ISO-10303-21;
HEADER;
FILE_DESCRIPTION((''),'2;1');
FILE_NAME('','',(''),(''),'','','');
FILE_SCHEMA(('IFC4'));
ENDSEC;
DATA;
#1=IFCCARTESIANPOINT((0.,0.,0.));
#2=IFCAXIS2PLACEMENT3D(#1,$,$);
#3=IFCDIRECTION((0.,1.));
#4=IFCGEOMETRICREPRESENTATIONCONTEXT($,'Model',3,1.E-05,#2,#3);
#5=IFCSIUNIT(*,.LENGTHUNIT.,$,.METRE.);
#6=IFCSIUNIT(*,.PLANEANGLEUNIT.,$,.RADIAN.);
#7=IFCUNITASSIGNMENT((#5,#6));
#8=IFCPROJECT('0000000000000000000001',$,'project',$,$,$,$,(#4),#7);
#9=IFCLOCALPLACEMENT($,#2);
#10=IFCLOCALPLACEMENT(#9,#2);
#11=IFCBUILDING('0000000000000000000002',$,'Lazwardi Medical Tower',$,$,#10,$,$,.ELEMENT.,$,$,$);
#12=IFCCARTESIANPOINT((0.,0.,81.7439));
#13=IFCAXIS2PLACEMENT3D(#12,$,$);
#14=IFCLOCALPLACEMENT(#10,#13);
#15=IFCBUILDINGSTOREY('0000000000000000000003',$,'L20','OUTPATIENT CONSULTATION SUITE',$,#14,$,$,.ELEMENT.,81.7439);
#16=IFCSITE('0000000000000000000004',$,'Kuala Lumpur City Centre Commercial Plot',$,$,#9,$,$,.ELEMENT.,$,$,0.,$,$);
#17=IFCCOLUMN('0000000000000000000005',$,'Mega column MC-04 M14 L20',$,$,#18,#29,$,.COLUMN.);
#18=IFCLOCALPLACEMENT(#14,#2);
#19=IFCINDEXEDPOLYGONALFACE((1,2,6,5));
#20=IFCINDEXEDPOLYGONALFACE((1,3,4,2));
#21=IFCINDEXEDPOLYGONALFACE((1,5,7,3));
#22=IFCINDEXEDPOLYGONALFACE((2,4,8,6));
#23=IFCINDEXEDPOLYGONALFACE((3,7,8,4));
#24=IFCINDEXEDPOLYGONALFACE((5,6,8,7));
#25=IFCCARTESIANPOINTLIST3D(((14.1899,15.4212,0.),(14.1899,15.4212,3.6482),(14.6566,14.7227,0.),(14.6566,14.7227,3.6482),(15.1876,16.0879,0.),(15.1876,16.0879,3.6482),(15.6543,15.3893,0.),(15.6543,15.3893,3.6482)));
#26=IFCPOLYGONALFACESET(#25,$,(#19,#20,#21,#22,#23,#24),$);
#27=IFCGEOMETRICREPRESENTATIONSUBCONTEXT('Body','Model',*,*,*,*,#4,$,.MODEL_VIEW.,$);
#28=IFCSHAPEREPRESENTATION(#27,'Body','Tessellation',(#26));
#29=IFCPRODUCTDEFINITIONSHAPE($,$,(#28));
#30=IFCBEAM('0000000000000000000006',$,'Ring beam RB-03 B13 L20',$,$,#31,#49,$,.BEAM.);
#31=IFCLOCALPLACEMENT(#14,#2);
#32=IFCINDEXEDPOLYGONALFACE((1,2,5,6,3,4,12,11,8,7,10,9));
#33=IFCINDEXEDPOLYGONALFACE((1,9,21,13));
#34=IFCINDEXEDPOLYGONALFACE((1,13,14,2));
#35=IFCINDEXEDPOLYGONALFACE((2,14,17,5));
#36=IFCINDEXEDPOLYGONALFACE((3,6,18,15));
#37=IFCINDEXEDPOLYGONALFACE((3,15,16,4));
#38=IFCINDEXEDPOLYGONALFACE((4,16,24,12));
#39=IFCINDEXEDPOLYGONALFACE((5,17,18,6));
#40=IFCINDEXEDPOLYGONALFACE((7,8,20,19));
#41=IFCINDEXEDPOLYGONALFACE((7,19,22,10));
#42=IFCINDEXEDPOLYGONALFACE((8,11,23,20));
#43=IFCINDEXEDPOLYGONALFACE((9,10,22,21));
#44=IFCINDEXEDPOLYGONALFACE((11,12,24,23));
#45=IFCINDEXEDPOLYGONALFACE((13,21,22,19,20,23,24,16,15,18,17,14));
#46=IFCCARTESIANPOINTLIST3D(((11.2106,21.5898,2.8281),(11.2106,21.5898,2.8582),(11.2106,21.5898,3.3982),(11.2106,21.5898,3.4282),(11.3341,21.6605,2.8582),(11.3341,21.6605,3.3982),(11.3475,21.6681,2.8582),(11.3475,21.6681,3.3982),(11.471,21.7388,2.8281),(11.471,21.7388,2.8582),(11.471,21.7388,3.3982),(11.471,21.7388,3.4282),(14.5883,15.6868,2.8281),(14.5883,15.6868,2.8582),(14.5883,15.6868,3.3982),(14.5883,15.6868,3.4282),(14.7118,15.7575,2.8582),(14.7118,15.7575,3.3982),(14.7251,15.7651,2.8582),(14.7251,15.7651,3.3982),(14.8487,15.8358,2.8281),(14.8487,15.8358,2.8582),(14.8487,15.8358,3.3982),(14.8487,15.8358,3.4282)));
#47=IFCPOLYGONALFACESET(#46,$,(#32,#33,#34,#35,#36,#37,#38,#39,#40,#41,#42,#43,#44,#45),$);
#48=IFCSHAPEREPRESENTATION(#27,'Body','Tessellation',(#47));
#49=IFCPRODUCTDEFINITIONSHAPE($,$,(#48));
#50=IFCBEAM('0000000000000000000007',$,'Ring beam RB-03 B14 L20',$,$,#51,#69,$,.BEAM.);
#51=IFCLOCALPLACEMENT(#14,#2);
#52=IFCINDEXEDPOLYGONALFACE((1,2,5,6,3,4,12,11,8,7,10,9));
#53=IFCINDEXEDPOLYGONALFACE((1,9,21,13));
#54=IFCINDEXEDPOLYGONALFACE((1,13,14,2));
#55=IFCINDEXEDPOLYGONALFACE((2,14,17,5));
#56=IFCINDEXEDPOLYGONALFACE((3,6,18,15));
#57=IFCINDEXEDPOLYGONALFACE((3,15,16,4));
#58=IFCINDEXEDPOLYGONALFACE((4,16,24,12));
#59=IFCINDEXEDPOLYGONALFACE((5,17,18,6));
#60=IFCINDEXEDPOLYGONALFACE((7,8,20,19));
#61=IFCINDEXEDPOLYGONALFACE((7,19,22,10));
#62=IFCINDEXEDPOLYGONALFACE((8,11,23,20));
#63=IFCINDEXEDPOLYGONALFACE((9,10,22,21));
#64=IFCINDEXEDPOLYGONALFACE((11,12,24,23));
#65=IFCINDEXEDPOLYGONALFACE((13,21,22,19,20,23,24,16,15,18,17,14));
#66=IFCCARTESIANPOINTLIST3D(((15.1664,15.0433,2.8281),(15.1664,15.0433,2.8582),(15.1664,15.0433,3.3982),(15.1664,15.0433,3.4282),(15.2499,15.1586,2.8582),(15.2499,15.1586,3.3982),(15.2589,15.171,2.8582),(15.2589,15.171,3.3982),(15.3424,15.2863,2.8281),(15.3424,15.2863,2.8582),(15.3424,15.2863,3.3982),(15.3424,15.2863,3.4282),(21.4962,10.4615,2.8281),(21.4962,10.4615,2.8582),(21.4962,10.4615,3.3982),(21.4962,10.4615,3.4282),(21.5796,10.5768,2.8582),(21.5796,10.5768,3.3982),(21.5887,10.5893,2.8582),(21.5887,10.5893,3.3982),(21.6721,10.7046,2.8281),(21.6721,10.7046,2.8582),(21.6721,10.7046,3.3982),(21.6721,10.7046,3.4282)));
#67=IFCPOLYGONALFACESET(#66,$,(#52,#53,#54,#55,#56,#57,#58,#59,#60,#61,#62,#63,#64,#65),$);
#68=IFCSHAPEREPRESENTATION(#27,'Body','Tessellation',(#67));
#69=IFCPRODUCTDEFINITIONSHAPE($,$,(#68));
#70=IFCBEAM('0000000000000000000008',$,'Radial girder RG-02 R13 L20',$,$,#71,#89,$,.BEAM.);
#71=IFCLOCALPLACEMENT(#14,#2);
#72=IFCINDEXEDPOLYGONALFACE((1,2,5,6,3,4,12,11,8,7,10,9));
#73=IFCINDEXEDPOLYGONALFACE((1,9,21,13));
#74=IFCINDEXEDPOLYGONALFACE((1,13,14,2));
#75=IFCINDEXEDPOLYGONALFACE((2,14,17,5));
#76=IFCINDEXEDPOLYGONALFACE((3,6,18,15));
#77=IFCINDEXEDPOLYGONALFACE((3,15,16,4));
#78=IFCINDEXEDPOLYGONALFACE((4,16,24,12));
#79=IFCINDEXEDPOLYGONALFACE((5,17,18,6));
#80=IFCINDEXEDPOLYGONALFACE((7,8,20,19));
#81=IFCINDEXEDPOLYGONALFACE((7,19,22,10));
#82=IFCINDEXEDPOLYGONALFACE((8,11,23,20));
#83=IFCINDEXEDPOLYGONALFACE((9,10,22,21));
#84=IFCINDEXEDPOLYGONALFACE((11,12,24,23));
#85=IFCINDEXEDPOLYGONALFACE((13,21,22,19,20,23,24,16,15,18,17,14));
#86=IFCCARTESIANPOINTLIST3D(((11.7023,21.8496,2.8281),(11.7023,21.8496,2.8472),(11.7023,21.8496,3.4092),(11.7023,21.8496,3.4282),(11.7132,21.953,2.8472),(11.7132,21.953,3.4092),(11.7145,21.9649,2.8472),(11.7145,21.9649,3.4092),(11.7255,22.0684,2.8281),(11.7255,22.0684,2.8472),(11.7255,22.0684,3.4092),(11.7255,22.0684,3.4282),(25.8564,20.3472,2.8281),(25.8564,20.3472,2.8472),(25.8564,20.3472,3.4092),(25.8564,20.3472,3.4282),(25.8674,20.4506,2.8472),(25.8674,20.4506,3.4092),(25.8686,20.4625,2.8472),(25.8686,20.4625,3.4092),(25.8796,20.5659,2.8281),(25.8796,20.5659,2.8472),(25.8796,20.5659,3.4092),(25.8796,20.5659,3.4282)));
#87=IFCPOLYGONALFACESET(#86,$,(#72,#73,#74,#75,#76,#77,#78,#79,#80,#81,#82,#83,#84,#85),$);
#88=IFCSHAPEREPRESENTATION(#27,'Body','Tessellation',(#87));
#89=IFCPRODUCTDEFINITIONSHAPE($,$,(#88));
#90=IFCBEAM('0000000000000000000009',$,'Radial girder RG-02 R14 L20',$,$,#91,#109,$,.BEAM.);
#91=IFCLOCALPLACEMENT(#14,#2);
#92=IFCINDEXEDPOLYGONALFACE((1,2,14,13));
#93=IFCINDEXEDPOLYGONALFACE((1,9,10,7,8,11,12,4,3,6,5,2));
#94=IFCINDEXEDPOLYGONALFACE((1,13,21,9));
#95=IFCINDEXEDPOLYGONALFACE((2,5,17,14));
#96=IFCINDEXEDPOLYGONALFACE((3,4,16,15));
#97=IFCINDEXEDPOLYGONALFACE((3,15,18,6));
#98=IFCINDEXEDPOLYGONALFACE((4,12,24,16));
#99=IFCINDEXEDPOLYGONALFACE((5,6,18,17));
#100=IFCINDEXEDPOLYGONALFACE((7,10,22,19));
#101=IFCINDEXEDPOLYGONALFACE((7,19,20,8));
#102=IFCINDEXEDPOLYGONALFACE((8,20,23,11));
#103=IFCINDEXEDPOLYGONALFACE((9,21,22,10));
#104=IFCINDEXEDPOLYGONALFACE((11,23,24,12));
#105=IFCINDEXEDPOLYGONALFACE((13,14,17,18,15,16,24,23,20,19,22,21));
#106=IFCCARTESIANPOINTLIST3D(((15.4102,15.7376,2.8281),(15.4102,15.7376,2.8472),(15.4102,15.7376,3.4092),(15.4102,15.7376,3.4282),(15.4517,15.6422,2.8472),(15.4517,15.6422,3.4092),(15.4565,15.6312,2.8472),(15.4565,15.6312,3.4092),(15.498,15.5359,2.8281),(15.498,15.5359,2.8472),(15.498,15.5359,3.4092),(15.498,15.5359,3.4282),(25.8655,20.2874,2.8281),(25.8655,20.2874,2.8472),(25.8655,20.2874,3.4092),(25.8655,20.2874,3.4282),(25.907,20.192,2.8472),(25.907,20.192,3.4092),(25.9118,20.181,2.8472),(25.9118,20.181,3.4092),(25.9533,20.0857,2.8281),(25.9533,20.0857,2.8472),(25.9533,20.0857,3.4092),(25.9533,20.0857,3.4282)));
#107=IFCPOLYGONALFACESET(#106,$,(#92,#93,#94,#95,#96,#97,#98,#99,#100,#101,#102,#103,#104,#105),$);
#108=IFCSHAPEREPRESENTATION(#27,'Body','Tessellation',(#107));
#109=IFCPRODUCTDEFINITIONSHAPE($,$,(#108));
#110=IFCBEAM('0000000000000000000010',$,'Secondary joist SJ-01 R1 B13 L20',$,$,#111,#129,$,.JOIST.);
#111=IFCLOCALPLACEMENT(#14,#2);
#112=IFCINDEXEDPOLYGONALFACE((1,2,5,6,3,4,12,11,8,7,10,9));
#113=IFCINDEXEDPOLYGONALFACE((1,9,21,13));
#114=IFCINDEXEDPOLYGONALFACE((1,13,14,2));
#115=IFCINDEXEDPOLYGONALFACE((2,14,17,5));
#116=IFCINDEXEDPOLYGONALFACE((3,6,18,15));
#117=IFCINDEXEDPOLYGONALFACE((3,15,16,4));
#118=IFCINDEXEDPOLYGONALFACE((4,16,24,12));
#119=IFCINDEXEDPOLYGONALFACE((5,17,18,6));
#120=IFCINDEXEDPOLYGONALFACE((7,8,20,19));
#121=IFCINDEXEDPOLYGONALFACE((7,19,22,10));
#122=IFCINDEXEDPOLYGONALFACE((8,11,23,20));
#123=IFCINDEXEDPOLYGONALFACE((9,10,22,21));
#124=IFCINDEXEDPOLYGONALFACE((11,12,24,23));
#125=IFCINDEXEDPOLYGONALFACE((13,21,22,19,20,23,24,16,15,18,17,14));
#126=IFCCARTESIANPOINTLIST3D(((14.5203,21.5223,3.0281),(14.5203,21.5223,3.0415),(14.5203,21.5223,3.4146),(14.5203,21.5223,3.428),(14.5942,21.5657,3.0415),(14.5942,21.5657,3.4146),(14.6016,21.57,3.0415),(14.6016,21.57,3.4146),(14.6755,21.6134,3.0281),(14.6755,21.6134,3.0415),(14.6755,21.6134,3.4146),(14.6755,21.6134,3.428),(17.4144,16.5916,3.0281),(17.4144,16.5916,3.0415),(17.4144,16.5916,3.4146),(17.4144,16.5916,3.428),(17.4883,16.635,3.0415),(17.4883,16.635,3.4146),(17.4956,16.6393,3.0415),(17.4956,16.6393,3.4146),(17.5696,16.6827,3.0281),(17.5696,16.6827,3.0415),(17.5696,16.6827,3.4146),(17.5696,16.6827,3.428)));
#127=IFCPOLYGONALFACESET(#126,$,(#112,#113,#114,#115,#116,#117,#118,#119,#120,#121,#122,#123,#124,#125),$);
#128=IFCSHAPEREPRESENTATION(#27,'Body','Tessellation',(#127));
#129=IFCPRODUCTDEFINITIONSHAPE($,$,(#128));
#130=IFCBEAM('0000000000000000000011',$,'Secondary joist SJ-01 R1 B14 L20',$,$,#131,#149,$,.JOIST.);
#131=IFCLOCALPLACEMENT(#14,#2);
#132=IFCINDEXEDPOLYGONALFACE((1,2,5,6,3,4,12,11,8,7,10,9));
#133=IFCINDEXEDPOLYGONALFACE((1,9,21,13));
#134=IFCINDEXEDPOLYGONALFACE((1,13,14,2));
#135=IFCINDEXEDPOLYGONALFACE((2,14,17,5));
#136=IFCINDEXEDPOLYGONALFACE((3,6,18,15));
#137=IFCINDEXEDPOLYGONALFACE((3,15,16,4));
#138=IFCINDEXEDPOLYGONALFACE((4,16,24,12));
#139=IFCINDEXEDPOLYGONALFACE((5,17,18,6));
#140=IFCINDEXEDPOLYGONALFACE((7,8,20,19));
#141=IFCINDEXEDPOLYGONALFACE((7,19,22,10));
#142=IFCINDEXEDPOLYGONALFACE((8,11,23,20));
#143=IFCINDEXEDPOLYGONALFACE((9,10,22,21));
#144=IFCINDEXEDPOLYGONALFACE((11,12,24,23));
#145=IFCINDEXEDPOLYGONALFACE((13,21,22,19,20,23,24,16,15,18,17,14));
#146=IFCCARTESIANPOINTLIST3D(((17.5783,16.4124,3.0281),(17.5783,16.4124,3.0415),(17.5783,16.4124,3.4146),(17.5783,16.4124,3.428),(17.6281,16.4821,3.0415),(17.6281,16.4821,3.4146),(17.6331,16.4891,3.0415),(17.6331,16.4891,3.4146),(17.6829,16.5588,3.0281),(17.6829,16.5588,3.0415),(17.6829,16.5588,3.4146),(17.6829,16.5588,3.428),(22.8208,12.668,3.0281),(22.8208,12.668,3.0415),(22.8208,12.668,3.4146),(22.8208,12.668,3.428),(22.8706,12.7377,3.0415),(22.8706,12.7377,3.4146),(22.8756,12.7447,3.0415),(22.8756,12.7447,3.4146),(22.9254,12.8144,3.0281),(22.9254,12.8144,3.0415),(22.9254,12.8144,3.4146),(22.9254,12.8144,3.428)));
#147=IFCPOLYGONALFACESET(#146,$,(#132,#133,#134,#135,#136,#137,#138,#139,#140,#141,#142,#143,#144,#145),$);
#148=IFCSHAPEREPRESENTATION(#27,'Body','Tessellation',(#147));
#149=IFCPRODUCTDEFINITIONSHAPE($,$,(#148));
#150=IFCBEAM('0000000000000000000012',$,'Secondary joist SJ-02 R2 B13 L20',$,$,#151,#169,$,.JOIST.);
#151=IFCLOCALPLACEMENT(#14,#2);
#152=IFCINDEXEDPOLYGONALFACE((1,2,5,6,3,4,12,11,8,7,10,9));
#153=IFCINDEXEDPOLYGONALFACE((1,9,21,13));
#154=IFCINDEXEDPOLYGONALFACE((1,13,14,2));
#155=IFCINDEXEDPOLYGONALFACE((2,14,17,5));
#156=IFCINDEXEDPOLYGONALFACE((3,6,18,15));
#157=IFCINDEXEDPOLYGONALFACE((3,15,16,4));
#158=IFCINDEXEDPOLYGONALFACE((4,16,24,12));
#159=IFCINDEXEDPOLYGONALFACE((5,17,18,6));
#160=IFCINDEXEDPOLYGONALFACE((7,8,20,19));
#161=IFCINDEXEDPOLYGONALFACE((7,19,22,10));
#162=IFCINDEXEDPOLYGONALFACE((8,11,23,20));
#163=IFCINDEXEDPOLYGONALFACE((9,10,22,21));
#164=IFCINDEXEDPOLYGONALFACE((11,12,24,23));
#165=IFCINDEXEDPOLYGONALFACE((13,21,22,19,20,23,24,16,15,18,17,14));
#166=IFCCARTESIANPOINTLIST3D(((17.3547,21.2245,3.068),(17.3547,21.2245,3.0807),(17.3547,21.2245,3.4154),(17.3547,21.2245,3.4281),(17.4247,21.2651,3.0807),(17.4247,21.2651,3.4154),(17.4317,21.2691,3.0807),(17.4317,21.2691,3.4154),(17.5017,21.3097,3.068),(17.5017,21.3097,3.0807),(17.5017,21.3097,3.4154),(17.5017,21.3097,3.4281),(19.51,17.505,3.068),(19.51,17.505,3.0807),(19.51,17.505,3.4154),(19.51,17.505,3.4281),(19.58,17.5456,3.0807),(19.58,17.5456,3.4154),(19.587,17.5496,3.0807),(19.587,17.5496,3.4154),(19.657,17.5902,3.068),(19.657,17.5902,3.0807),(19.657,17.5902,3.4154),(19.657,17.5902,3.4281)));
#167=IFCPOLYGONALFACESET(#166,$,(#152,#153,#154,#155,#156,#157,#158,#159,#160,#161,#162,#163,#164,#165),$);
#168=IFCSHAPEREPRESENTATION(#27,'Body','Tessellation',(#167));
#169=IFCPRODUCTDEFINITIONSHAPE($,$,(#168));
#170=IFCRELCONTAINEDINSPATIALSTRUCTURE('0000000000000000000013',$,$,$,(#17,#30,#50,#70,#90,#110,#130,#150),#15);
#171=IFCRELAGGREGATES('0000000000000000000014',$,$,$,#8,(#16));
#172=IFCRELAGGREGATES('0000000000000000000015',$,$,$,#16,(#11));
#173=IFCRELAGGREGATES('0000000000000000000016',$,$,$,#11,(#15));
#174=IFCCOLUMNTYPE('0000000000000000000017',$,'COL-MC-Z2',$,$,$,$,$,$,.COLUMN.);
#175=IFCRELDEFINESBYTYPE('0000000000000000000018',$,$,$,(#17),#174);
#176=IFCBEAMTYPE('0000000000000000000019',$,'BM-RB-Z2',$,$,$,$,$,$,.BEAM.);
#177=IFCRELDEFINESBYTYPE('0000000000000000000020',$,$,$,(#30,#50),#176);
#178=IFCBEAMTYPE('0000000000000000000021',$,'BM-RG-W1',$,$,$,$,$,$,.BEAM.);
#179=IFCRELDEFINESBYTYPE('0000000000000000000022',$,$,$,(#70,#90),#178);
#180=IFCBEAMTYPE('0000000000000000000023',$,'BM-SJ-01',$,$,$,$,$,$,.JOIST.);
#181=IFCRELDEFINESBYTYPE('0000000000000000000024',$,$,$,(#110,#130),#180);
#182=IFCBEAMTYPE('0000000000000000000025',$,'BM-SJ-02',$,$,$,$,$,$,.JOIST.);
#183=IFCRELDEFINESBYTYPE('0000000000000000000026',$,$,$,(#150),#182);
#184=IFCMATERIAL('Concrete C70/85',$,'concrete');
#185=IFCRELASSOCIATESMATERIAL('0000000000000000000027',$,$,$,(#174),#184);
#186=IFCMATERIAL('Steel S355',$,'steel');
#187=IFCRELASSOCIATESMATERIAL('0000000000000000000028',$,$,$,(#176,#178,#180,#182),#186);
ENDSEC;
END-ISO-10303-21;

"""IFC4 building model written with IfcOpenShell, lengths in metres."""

from ifc_helpers import new_model, si_unit, direction, frame, origin, origin_2d, place, context, subcontext, project, spatial, rectangle, i_section, extrude, material, material_profile, profile_set, type_object, element, save


model = new_model("IFC4")

# Units and contexts
model_context = context("Model", 3, precision=1e-05, world=origin(), true_north=direction((0.0, 1.0)))
body_context = subcontext(model_context, "Body", "Model", "MODEL_VIEW")
ifc_project = project(units=[si_unit("LENGTHUNIT", "METRE"), si_unit("PLANEANGLEUNIT", "RADIAN")], contexts=[model_context])

# Site, building, storey
site_placement = place(None, origin())
site = spatial("IfcSite", under=ifc_project, at=site_placement, Name="Kuala Lumpur City Centre Commercial Plot", CompositionType="ELEMENT", RefElevation=0.0)
building_placement = place(site_placement, origin())
building = spatial("IfcBuilding", under=site, at=building_placement, Name="Lazwardi Medical Tower", CompositionType="ELEMENT")
storey_placement = place(building_placement, frame((0.0, 0.0, 81.7439)))
storey = spatial("IfcBuildingStorey", under=building, at=storey_placement, Name="L20", Description="OUTPATIENT CONSULTATION SUITE", CompositionType="ELEMENT", Elevation=81.7439)

# Column
ifc_material_1 = material(Name="Concrete C70/85", Category="concrete")
ifc_material_profile_1 = material_profile(ifc_material_1, rectangle(XDim=1.2, YDim=0.8401, at=origin_2d()), Name="CFT-RECT 1200x840")
ifc_profile_set_1 = profile_set([ifc_material_profile_1], Name="Concrete C70/85")
column_type = type_object("IfcColumnType", Name="COL-MC-Z2", PredefinedType="COLUMN", material=ifc_profile_set_1)
column_placement = place(storey_placement, frame((14.9221, 15.4053, 0.0), z_axis=(0.0, 0.0, 1.0), x_axis=(-0.83147, -0.55557, 0.0)))
element("IfcColumn", 1, at=column_placement, inside=storey, type_object=column_type, Name="Mega column MC-04 M14 L20", PredefinedType="COLUMN", context=body_context, shape_type="SweptSolid", body=[
    extrude(rectangle(XDim=1.2, YDim=0.8401, at=origin_2d()), origin(), (0.0, 0.0, 1.0), 3.6482),
])

# Beams
ifc_material_2 = material(Name="Steel S355", Category="steel")
ifc_material_profile_2 = material_profile(ifc_material_2, i_section(OverallWidth=0.3, OverallDepth=0.6001, WebThickness=0.0154, FlangeThickness=0.03, at=origin_2d()), Name="HEB 600")
ifc_profile_set_2 = profile_set([ifc_material_profile_2], Name="Steel S355")
beam_type_1 = type_object("IfcBeamType", Name="BM-RB-Z2", PredefinedType="BEAM", material=ifc_profile_set_2)
beam_1_placement = place(storey_placement, frame((11.3408, 21.6643, 3.1282), z_axis=(0.496638, -0.867958, 0.0), x_axis=(0.867958, 0.496638, 0.0)))
element("IfcBeam", 2, at=beam_1_placement, inside=storey, type_object=beam_type_1, Name="Ring beam RB-03 B13 L20", PredefinedType="BEAM", context=body_context, shape_type="SweptSolid", body=[
    extrude(i_section(OverallWidth=0.3, OverallDepth=0.6001, WebThickness=0.0154, FlangeThickness=0.03, at=origin_2d()), origin(), (0.0, 0.0, 1.0), 6.801),
])
beam_2_placement = place(storey_placement, frame((15.2544, 15.1648, 3.1282), z_axis=(0.810057, -0.586351, 0.0), x_axis=(0.586351, 0.810057, 0.0)))
element("IfcBeam", 3, at=beam_2_placement, inside=storey, type_object=beam_type_1, Name="Ring beam RB-03 B14 L20", PredefinedType="BEAM", context=body_context, shape_type="SweptSolid", body=[
    extrude(i_section(OverallWidth=0.3, OverallDepth=0.6001, WebThickness=0.0154, FlangeThickness=0.03, at=origin_2d()), origin(), (0.0, 0.0, 1.0), 7.814),
])
ifc_material_profile_3 = material_profile(ifc_material_2, i_section(OverallWidth=0.22, OverallDepth=0.6001, WebThickness=0.012, FlangeThickness=0.019, at=origin_2d()), Name="IPE 600")
ifc_profile_set_3 = profile_set([ifc_material_profile_3], Name="Steel S355")
beam_type_2 = type_object("IfcBeamType", Name="BM-RG-W1", PredefinedType="BEAM", material=ifc_profile_set_3)
beam_3_placement = place(storey_placement, frame((11.7139, 21.959, 3.1282), z_axis=(0.994413, -0.105556, 0.0), x_axis=(0.105556, 0.994413, 0.0)))
element("IfcBeam", 4, at=beam_3_placement, inside=storey, type_object=beam_type_2, Name="Radial girder RG-02 R13 L20", PredefinedType="BEAM", context=body_context, shape_type="SweptSolid", body=[
    extrude(i_section(OverallWidth=0.22, OverallDepth=0.6001, WebThickness=0.012, FlangeThickness=0.019, at=origin_2d()), origin(), (0.0, 0.0, 1.0), 14.2336),
])
beam_4_placement = place(storey_placement, frame((15.4541, 15.6367, 3.1282), z_axis=(0.916941, 0.399022, 0.0), x_axis=(-0.399022, 0.916941, 0.0)))
element("IfcBeam", 5, at=beam_4_placement, inside=storey, type_object=beam_type_2, Name="Radial girder RG-02 R14 L20", PredefinedType="BEAM", context=body_context, shape_type="SweptSolid", body=[
    extrude(i_section(OverallWidth=0.22, OverallDepth=0.6001, WebThickness=0.012, FlangeThickness=0.019, at=origin_2d()), origin(), (0.0, 0.0, 1.0), 11.4023),
])
ifc_material_profile_4 = material_profile(ifc_material_2, i_section(OverallWidth=0.1799, OverallDepth=0.3999, WebThickness=0.0085, FlangeThickness=0.0134, at=origin_2d()), Name="IPE 400")
ifc_profile_set_4 = profile_set([ifc_material_profile_4], Name="Steel S355")
beam_type_3 = type_object("IfcBeamType", Name="BM-SJ-01", PredefinedType="JOIST", material=ifc_profile_set_4)
beam_5_placement = place(storey_placement, frame((14.5979, 21.5679, 3.228), z_axis=(0.506195, -0.862419, 0.0), x_axis=(0.862419, 0.506195, 0.0)))
element("IfcBeam", 6, at=beam_5_placement, inside=storey, type_object=beam_type_3, Name="Secondary joist SJ-01 R1 B13 L20", PredefinedType="JOIST", context=body_context, shape_type="SweptSolid", body=[
    extrude(i_section(OverallWidth=0.1799, OverallDepth=0.3999, WebThickness=0.0085, FlangeThickness=0.0134, at=origin_2d()), origin(), (0.0, 0.0, 1.0), 5.7173),
])
beam_6_placement = place(storey_placement, frame((17.6306, 16.4856, 3.228), z_axis=(0.813749, -0.581217, 0.0), x_axis=(0.581217, 0.813749, 0.0)))
element("IfcBeam", 7, at=beam_6_placement, inside=storey, type_object=beam_type_3, Name="Secondary joist SJ-01 R1 B14 L20", PredefinedType="JOIST", context=body_context, shape_type="SweptSolid", body=[
    extrude(i_section(OverallWidth=0.1799, OverallDepth=0.3999, WebThickness=0.0085, FlangeThickness=0.0134, at=origin_2d()), origin(), (0.0, 0.0, 1.0), 6.4424),
])
ifc_material_profile_5 = material_profile(ifc_material_2, i_section(OverallWidth=0.1699, OverallDepth=0.3601, WebThickness=0.0081, FlangeThickness=0.0127, at=origin_2d()), Name="IPE 360")
ifc_profile_set_5 = profile_set([ifc_material_profile_5], Name="Steel S355")
beam_type_4 = type_object("IfcBeamType", Name="BM-SJ-02", PredefinedType="JOIST", material=ifc_profile_set_5)
beam_7_placement = place(storey_placement, frame((17.4282, 21.2671, 3.248), z_axis=(0.501365, -0.865236, 0.0), x_axis=(0.865236, 0.501365, 0.0)))
element("IfcBeam", 8, at=beam_7_placement, inside=storey, type_object=beam_type_4, Name="Secondary joist SJ-02 R2 B13 L20", PredefinedType="JOIST", context=body_context, shape_type="SweptSolid", body=[
    extrude(i_section(OverallWidth=0.1699, OverallDepth=0.3601, WebThickness=0.0081, FlangeThickness=0.0127, at=origin_2d()), origin(), (0.0, 0.0, 1.0), 4.2988),
])

save(model, "model.ifc")
